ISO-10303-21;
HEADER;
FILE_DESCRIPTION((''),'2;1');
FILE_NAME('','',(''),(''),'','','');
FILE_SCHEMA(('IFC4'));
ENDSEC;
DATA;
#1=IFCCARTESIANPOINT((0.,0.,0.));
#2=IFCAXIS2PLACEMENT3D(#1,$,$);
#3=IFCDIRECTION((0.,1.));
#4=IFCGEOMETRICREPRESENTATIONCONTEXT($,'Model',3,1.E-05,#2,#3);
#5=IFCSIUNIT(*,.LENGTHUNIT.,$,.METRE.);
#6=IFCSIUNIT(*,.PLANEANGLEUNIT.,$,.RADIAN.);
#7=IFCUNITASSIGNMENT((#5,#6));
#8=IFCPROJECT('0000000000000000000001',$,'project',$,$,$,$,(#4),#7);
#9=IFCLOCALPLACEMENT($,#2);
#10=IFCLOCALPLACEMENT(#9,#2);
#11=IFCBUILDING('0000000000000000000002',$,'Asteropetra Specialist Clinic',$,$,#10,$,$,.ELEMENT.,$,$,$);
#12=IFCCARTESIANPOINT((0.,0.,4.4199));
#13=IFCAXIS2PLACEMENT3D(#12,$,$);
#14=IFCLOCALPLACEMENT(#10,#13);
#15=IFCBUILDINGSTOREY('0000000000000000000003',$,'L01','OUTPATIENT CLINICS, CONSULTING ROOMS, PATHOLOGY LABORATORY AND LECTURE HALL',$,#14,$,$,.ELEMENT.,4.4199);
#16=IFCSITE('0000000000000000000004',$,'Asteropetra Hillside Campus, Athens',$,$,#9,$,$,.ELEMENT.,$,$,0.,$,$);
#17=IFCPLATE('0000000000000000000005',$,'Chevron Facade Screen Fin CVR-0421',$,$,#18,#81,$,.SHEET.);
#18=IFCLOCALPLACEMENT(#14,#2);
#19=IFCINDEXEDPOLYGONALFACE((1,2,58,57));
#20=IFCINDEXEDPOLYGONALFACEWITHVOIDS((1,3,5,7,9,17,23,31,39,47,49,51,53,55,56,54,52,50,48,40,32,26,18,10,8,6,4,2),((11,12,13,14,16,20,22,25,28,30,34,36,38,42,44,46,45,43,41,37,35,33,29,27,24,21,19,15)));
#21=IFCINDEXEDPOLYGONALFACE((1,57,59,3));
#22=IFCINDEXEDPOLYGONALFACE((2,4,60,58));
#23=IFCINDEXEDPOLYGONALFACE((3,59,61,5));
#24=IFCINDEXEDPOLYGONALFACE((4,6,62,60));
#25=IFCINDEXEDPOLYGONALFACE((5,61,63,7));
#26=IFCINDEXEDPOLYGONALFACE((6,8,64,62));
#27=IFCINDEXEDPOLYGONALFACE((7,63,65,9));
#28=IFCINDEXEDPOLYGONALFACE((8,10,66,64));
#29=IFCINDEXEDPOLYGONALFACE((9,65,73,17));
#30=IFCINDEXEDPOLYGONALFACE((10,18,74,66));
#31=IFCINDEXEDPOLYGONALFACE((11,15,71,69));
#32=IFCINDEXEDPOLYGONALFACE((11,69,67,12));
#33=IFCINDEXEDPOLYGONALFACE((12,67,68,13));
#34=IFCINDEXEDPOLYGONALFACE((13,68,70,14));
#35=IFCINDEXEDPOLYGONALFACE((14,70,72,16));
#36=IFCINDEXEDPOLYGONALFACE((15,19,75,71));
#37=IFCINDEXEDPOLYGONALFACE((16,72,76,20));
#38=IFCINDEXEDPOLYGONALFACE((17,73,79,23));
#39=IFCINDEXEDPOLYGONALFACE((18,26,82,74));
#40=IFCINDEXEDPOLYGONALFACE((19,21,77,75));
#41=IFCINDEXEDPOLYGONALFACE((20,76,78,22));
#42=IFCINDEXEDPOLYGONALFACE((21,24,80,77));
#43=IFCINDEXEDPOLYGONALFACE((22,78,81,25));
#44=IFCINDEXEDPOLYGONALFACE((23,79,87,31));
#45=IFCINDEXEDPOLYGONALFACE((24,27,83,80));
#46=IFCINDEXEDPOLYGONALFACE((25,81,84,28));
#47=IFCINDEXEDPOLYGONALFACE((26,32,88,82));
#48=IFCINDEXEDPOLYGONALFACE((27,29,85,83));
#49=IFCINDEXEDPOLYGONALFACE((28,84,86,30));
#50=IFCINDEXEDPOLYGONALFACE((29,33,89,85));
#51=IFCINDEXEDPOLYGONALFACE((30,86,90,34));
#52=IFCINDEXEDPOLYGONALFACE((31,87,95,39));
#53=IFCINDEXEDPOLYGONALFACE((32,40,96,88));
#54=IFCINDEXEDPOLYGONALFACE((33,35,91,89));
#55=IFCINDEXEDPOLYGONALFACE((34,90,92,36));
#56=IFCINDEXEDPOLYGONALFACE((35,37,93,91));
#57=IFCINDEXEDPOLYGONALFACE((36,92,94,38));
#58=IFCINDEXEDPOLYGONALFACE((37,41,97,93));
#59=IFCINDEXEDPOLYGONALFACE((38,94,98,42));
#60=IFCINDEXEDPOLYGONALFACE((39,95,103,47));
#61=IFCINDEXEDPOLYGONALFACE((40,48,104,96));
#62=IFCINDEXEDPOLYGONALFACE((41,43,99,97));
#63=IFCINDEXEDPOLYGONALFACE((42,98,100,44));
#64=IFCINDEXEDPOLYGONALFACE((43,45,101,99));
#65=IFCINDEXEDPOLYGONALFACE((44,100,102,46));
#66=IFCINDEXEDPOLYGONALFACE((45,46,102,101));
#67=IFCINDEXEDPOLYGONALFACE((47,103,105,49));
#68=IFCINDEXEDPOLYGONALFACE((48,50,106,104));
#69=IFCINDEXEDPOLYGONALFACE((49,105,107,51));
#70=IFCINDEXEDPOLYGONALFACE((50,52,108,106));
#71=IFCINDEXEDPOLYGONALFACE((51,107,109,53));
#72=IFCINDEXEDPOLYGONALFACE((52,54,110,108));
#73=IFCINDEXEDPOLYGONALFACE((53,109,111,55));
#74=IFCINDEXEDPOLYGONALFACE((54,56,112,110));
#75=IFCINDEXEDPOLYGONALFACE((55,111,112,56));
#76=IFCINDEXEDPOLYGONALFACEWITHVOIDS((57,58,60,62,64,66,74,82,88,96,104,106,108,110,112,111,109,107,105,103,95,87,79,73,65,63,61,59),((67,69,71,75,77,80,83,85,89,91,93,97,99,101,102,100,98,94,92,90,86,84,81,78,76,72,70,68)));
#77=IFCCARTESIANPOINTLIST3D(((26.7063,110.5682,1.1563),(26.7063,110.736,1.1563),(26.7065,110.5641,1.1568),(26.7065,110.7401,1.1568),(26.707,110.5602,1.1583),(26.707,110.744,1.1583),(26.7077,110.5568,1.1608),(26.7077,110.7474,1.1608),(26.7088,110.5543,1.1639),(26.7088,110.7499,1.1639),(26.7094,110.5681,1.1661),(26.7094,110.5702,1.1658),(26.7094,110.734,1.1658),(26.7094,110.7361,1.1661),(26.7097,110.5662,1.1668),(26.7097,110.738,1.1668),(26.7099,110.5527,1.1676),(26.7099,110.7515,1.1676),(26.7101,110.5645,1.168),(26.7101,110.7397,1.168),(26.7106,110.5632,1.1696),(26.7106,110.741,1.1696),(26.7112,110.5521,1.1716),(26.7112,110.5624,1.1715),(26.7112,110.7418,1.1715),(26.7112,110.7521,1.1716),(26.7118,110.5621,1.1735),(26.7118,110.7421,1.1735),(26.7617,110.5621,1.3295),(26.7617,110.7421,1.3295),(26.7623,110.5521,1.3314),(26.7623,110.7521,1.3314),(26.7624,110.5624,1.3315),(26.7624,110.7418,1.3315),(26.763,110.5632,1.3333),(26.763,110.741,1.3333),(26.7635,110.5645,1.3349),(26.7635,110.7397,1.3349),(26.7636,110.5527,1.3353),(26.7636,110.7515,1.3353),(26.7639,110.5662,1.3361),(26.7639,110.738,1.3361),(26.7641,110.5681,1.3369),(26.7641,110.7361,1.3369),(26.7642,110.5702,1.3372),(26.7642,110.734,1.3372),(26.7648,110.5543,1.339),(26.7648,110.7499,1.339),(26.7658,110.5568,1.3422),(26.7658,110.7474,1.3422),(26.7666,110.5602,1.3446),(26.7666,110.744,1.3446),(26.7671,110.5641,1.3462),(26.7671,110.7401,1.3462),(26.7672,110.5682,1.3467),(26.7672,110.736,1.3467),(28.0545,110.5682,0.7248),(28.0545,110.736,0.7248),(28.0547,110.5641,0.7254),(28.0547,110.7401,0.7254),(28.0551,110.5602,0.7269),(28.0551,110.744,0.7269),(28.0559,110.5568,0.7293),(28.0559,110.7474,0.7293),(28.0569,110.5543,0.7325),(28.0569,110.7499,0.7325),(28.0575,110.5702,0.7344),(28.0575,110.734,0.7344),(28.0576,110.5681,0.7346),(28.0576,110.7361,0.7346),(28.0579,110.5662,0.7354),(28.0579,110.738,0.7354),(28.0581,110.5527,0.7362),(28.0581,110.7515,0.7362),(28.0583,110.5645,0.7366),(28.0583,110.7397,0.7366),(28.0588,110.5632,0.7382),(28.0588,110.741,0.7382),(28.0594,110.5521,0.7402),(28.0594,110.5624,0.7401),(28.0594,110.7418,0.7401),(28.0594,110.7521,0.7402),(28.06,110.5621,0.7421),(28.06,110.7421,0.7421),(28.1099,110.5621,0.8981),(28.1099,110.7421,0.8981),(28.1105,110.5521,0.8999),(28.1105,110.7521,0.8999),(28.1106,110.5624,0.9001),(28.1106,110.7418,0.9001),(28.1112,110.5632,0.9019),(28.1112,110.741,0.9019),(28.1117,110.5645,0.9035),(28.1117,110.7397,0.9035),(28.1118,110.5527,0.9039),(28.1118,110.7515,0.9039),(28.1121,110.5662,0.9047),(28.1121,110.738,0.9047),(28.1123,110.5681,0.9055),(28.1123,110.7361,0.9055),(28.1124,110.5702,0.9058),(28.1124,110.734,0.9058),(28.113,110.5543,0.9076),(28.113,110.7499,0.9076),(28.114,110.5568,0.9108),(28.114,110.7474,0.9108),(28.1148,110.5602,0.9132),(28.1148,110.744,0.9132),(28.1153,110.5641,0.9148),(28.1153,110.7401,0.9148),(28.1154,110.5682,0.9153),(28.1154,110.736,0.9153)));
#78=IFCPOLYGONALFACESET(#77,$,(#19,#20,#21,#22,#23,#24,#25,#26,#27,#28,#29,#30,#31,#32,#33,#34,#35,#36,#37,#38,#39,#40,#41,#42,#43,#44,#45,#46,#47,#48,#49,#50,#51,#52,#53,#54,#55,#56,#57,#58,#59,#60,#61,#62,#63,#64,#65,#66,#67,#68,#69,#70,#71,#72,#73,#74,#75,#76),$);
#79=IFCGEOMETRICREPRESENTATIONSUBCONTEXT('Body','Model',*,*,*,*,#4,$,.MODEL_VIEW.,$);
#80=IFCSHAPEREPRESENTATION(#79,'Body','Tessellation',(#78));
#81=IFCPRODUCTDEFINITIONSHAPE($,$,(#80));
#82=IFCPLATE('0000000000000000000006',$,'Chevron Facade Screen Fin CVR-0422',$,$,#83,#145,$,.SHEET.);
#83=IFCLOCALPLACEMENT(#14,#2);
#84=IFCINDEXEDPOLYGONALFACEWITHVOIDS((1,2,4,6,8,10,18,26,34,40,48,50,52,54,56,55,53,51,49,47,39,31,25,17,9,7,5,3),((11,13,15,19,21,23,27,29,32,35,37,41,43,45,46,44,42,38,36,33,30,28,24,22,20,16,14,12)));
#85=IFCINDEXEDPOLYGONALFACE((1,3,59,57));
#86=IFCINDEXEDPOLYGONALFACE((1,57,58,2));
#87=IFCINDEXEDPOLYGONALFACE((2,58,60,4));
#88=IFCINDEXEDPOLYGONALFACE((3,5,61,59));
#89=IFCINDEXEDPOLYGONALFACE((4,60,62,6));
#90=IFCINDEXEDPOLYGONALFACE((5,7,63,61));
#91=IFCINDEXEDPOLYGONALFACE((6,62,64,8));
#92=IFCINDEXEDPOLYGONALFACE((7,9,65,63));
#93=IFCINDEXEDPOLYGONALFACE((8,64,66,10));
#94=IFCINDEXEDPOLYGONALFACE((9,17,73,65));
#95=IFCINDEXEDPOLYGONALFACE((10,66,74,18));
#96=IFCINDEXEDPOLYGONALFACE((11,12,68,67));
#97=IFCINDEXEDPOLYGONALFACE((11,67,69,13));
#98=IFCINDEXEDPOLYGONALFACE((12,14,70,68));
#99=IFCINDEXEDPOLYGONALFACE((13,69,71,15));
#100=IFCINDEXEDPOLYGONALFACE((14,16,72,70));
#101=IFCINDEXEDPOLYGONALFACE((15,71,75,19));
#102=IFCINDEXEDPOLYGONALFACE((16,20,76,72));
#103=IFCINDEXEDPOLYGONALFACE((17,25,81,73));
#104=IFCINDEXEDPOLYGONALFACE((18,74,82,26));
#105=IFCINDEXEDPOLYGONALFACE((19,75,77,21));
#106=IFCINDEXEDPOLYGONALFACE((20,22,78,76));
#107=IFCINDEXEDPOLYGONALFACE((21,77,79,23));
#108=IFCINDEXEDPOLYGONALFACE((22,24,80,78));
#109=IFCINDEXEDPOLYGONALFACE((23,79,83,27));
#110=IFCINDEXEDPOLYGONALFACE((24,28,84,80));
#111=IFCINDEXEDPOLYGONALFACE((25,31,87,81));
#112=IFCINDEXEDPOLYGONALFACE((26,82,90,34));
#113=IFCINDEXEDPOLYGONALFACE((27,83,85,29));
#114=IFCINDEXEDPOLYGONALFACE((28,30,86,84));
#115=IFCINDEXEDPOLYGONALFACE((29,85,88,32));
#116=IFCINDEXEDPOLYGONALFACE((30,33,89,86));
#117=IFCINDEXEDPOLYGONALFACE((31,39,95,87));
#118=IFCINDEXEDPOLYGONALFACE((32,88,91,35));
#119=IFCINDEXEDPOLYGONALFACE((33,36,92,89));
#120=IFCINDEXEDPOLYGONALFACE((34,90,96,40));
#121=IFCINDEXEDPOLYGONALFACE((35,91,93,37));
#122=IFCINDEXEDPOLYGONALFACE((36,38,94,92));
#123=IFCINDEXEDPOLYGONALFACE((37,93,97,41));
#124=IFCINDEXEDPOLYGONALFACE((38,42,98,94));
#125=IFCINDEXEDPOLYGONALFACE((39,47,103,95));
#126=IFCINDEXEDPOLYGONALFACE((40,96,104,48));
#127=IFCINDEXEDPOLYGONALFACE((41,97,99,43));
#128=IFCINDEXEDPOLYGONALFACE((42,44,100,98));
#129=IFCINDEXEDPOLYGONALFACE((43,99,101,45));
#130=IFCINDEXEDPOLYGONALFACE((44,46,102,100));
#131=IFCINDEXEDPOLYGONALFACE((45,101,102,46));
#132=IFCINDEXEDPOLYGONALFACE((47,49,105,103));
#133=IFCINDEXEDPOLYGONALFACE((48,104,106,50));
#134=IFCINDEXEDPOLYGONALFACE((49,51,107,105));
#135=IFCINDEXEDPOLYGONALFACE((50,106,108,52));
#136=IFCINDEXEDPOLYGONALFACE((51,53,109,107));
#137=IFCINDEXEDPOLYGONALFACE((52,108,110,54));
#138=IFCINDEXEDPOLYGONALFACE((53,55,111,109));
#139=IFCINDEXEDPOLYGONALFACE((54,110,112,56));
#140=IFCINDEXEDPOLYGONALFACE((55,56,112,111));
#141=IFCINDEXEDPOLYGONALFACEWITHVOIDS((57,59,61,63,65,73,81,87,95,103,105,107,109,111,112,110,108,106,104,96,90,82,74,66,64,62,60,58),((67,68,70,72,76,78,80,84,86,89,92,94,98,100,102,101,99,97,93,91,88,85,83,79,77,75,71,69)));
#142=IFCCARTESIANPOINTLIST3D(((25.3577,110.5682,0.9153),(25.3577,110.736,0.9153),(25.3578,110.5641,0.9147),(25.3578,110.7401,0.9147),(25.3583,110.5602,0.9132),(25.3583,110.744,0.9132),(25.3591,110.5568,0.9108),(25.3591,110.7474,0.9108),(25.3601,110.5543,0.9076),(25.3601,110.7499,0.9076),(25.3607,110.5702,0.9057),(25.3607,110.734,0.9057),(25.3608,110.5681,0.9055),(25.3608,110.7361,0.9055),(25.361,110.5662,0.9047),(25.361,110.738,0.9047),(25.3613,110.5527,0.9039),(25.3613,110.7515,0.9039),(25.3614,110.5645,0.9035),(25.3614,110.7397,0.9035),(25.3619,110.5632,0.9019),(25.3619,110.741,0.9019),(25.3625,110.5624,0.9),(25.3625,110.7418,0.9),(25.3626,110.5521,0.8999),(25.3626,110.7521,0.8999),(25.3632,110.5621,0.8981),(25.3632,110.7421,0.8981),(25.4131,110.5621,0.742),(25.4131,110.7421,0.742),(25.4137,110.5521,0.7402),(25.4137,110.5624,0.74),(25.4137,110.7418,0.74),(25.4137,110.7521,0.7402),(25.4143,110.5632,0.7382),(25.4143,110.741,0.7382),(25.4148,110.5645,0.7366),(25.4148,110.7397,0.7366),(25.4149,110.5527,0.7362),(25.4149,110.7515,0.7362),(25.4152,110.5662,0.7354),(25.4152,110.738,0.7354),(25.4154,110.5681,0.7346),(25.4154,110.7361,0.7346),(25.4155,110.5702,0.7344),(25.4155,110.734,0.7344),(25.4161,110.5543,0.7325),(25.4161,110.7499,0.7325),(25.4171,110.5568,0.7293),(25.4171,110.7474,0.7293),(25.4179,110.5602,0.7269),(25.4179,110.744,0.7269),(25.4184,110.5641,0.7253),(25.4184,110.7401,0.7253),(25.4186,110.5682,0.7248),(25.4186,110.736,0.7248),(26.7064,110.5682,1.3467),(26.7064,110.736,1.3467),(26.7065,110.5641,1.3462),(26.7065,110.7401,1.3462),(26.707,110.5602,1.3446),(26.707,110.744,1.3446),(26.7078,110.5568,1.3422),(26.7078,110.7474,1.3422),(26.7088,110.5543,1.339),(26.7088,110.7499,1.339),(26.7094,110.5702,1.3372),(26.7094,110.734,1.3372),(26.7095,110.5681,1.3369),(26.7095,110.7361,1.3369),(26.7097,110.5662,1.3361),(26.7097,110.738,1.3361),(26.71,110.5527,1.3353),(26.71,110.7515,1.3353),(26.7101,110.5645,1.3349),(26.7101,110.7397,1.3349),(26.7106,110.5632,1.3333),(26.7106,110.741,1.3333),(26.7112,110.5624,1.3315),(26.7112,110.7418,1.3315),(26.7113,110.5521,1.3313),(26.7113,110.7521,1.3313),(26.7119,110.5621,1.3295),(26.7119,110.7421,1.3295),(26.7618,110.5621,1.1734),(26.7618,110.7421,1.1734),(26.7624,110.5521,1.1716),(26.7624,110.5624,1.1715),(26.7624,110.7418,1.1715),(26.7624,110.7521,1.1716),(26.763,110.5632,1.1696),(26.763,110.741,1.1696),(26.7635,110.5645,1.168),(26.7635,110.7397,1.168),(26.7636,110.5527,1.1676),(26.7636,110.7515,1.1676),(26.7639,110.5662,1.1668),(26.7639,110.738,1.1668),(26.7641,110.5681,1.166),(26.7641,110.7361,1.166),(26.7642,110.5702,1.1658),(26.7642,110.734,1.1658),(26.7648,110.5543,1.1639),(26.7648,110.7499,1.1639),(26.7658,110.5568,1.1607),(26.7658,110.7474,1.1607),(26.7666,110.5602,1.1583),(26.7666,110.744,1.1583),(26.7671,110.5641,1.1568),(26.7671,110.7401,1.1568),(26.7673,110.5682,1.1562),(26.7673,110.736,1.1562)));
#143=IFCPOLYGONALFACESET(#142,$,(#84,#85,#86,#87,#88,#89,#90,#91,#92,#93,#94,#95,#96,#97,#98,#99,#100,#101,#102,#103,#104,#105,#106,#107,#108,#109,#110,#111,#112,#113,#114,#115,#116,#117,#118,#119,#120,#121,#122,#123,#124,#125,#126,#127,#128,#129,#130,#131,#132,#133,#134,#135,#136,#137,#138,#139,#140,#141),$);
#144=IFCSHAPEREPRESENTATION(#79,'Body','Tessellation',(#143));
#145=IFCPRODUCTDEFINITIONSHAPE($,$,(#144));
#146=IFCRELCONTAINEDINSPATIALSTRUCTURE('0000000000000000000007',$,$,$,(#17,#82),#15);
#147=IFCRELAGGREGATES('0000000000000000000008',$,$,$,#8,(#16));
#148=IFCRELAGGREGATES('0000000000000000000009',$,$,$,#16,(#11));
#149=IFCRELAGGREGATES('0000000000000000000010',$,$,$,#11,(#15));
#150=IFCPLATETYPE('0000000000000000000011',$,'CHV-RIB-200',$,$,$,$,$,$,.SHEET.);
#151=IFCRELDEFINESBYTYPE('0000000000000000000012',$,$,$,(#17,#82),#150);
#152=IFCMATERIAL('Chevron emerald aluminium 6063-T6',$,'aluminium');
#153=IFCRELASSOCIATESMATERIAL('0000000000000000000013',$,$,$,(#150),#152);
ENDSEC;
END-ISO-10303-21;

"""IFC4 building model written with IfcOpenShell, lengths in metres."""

from ifc_helpers import new_model, si_unit, direction, frame, origin, origin_2d, place, context, subcontext, project, spatial, hollow_rectangle, extrude, material, material_profile, profile_set, type_object, element, save


model = new_model("IFC4")

# Units and contexts
model_context = context("Model", 3, precision=1e-05, world=origin(), true_north=direction((0.0, 1.0)))
body_context = subcontext(model_context, "Body", "Model", "MODEL_VIEW")
ifc_project = project(units=[si_unit("LENGTHUNIT", "METRE"), si_unit("PLANEANGLEUNIT", "RADIAN")], contexts=[model_context])

# Site, building, storey
site_placement = place(None, origin())
site = spatial("IfcSite", under=ifc_project, at=site_placement, Name="Asteropetra Hillside Campus, Athens", CompositionType="ELEMENT", RefElevation=0.0)
building_placement = place(site_placement, origin())
building = spatial("IfcBuilding", under=site, at=building_placement, Name="Asteropetra Specialist Clinic", CompositionType="ELEMENT")
storey_placement = place(building_placement, frame((0.0, 0.0, 4.4199)))
storey = spatial("IfcBuildingStorey", under=building, at=storey_placement, Name="L01", Description="OUTPATIENT CLINICS, CONSULTING ROOMS, PATHOLOGY LABORATORY AND LECTURE HALL", CompositionType="ELEMENT", Elevation=4.4199)

# Plates
ifc_material_1 = material(Name="Chevron emerald aluminium 6063-T6", Category="aluminium")
ifc_material_profile_1 = material_profile(ifc_material_1, hollow_rectangle(XDim=0.2, YDim=0.2, WallThickness=0.01, InnerFilletRadius=0.0081, OuterFilletRadius=0.0161, at=origin_2d()), Name="SHS 200x200x10.0")
ifc_profile_set_1 = profile_set([ifc_material_profile_1], Name="Chevron emerald aluminium 6063-T6")
plate_type_1 = type_object("IfcPlateType", Name="CHV-RIB-200", PredefinedType="SHEET", material=ifc_profile_set_1)
plate_1_placement = place(storey_placement, frame((28.085, 110.6521, 0.8201), z_axis=(-0.952426, 0.0, 0.304769), x_axis=(0.0, -1.0, 0.0)))
element("IfcPlate", 1, at=plate_1_placement, inside=storey, type_object=plate_type_1, Name="Chevron Facade Screen Fin CVR-0421", PredefinedType="SHEET", context=body_context, shape_type="SweptSolid", body=[
    extrude(hollow_rectangle(XDim=0.2, YDim=0.2, WallThickness=0.01, InnerFilletRadius=0.0081, OuterFilletRadius=0.0161, at=origin_2d()), origin(), (0.0, 0.0, 1.0), 1.4155),
])
plate_2_placement = place(storey_placement, frame((26.7368, 110.6521, 1.2515), z_axis=(-0.952458, 0.0, -0.304669), x_axis=(0.0, -1.0, 0.0)))
element("IfcPlate", 2, at=plate_2_placement, inside=storey, type_object=plate_type_1, Name="Chevron Facade Screen Fin CVR-0422", PredefinedType="SHEET", context=body_context, shape_type="SweptSolid", body=[
    extrude(hollow_rectangle(XDim=0.2, YDim=0.2, WallThickness=0.01, InnerFilletRadius=0.0081, OuterFilletRadius=0.0161, at=origin_2d()), origin(), (0.0, 0.0, 1.0), 1.416),
])

save(model, "model.ifc")
